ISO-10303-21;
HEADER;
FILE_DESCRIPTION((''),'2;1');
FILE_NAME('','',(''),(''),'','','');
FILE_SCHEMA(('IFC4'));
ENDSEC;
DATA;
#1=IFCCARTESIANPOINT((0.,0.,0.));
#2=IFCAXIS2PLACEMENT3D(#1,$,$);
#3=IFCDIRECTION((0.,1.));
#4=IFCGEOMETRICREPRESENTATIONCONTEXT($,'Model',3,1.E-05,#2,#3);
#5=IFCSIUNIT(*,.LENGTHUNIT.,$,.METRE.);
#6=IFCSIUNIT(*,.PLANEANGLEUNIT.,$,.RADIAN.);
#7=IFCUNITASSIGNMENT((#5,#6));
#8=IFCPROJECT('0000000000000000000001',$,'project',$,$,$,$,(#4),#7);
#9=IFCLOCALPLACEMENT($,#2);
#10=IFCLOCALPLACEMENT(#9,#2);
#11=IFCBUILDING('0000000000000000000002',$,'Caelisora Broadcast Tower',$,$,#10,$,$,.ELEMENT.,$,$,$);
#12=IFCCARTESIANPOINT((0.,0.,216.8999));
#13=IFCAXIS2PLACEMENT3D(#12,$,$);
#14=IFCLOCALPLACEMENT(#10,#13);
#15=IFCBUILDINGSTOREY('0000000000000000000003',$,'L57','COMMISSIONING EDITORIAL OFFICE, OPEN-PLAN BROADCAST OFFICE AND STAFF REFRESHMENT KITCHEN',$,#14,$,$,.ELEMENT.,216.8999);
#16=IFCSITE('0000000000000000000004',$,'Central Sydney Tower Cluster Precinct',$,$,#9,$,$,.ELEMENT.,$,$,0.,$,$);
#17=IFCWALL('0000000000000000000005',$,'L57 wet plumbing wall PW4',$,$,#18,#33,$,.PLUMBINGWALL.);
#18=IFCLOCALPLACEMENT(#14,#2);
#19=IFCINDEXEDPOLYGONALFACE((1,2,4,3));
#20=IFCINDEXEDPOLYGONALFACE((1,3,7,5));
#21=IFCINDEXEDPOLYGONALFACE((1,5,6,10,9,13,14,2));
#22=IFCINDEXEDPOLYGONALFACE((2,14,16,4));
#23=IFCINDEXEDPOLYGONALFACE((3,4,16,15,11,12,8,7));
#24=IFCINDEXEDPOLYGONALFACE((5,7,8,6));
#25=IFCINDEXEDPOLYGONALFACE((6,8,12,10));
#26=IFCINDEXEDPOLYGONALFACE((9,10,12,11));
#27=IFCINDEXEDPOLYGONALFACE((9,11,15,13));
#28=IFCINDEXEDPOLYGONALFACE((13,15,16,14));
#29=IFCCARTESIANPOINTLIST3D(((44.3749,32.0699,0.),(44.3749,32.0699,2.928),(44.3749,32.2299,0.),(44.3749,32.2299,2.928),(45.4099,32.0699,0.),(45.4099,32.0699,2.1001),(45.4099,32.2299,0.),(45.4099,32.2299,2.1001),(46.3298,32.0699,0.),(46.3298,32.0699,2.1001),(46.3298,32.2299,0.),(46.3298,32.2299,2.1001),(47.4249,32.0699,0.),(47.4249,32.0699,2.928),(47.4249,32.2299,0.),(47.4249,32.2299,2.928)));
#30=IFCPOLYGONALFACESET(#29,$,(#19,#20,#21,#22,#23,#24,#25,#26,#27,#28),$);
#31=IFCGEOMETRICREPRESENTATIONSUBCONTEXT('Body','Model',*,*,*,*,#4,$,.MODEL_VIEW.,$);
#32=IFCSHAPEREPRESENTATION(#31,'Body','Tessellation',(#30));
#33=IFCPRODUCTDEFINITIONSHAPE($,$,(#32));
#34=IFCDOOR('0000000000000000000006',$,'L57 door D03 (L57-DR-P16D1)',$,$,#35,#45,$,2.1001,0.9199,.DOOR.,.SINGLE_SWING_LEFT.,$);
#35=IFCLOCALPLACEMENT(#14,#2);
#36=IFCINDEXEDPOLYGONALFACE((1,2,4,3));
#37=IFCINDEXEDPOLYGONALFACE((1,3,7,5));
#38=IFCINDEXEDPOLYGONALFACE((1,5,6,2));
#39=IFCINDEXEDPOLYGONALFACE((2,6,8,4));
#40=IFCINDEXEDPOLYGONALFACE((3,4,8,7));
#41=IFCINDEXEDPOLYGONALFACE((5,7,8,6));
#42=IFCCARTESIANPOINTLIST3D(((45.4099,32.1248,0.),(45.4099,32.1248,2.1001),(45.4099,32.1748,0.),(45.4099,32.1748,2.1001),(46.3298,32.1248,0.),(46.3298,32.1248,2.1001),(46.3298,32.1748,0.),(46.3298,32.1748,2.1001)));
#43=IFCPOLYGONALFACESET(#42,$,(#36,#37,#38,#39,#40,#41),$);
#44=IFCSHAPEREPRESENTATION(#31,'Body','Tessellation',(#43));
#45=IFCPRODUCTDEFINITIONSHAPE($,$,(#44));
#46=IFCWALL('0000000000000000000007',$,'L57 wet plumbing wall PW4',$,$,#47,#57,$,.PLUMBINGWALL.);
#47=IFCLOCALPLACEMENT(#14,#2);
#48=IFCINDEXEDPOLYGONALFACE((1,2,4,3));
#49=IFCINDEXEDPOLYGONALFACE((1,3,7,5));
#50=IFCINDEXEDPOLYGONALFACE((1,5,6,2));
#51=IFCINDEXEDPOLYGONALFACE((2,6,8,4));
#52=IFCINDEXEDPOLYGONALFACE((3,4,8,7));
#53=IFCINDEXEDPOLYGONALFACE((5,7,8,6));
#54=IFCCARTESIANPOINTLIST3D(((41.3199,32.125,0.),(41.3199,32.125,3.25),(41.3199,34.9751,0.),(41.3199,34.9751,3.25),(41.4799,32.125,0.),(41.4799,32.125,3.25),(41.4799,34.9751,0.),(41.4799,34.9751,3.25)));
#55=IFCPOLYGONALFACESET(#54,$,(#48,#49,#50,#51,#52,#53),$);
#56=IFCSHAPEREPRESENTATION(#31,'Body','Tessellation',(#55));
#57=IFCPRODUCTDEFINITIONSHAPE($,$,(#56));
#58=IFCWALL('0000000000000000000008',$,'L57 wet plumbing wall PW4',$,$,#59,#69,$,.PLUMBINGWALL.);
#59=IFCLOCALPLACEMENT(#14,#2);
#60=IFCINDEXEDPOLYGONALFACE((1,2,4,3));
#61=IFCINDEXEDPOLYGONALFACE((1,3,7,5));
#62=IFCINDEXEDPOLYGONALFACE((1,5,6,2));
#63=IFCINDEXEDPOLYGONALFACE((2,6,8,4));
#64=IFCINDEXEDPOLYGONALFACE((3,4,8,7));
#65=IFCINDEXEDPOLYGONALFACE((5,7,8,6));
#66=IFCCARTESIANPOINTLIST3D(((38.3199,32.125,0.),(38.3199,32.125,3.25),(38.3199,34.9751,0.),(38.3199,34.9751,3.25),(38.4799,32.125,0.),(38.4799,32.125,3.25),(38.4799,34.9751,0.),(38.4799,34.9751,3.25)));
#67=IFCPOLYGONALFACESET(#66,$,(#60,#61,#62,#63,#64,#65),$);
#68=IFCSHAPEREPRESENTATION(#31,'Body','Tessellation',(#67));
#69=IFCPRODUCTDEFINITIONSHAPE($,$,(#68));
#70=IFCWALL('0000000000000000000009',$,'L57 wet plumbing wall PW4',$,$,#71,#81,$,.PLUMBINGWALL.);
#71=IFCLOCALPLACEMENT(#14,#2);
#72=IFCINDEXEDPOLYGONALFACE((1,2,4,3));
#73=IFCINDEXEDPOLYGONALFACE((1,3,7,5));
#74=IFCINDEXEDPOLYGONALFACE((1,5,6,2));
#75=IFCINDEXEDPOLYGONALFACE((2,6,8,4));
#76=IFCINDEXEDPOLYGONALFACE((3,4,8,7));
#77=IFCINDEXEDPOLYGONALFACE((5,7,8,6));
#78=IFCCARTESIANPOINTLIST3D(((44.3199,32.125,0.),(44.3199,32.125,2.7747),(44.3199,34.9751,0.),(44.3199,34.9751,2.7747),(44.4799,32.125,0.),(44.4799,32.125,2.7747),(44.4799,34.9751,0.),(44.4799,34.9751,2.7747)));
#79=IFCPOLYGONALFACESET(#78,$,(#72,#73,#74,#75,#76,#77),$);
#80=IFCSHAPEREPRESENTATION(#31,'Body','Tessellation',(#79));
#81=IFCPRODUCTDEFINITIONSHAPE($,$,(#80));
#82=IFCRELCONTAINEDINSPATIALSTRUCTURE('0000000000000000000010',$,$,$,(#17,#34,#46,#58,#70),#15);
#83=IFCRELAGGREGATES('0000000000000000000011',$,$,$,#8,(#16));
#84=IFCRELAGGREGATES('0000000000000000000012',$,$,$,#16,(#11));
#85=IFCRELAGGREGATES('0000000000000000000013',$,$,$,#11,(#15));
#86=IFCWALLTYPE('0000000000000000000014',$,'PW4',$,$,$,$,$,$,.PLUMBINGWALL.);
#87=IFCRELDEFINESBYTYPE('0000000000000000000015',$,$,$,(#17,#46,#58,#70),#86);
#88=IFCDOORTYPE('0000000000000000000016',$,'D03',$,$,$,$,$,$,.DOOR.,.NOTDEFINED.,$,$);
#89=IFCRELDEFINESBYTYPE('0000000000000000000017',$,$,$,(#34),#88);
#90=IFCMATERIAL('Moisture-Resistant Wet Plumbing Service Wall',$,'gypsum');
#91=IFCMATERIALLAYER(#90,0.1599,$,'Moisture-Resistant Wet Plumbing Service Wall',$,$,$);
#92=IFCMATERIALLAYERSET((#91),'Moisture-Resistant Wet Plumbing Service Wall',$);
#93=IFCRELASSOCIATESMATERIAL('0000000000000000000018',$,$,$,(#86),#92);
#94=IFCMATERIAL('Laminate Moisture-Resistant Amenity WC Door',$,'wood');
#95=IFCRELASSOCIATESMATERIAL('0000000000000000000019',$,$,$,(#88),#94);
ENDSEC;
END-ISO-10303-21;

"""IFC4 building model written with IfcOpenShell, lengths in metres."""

from ifc_helpers import new_model, si_unit, direction, frame, frame_2d, origin, place, context, subcontext, project, spatial, rectangle, extrude, material, layer, layer_set, type_object, element, fill, save


model = new_model("IFC4")

# Units and contexts
model_context = context("Model", 3, precision=1e-05, world=origin(), true_north=direction((0.0, 1.0)))
body_context = subcontext(model_context, "Body", "Model", "MODEL_VIEW")
ifc_project = project(units=[si_unit("LENGTHUNIT", "METRE"), si_unit("PLANEANGLEUNIT", "RADIAN")], contexts=[model_context])

# Site, building, storey
site_placement = place(None, origin())
site = spatial("IfcSite", under=ifc_project, at=site_placement, Name="Central Sydney Tower Cluster Precinct", CompositionType="ELEMENT", RefElevation=0.0)
building_placement = place(site_placement, origin())
building = spatial("IfcBuilding", under=site, at=building_placement, Name="Caelisora Broadcast Tower", CompositionType="ELEMENT")
storey_placement = place(building_placement, frame((0.0, 0.0, 216.8999)))
storey = spatial("IfcBuildingStorey", under=building, at=storey_placement, Name="L57", Description="COMMISSIONING EDITORIAL OFFICE, OPEN-PLAN BROADCAST OFFICE AND STAFF REFRESHMENT KITCHEN", CompositionType="ELEMENT", Elevation=216.8999)

# Wall, opening, door
ifc_material_1 = material(Name="Moisture-Resistant Wet Plumbing Service Wall", Category="gypsum")
ifc_layer_1 = layer(ifc_material_1, 0.1599, Name="Moisture-Resistant Wet Plumbing Service Wall")
ifc_layer_set_1 = layer_set([ifc_layer_1], Name="Moisture-Resistant Wet Plumbing Service Wall")
wall_type_1 = type_object("IfcWallType", Name="PW4", PredefinedType="PLUMBINGWALL", material=ifc_layer_set_1)
ifc_material_2 = material(Name="Laminate Moisture-Resistant Amenity WC Door", Category="wood")
door_type_1 = type_object("IfcDoorType", Name="D03", OperationType="NOTDEFINED", PredefinedType="DOOR", material=ifc_material_2)
wall_1_placement = place(storey_placement, frame((44.375, 32.1499, 0.0), z_axis=(0.0, 0.0, 1.0), x_axis=(1.0, 0.0, 0.0)))
wall_1 = element("IfcWall", 1, at=wall_1_placement, inside=storey, type_object=wall_type_1, Name="L57 wet plumbing wall PW4", PredefinedType="PLUMBINGWALL", context=body_context, shape_type="SweptSolid", body=[
    extrude(rectangle(XDim=3.05, YDim=0.1599, at=frame_2d((1.5249, 0.0))), origin(), (0.0, 0.0, 1.0), 2.928),
])
opening_1_placement = place(wall_1_placement, frame((1.0349, 0.0, 0.0)))
opening_1 = element("IfcOpeningElement", 2, at=opening_1_placement, cuts=wall_1, PredefinedType="OPENING", context=body_context, shape_type="SweptSolid", body=[
    extrude(rectangle(XDim=0.9199, YDim=2.1001, at=frame_2d((0.46, 1.05))), frame((0.0, 0.092, 0.0), z_axis=(0.0, -1.0, 0.0), x_axis=(1.0, 0.0, 0.0)), (0.0, 0.0, 1.0), 0.1838),
])
door_1_placement = place(opening_1_placement, origin())
door_1 = element("IfcDoor", 3, at=door_1_placement, inside=storey, type_object=door_type_1, Name="L57 door D03 (L57-DR-P16D1)", OperationType="SINGLE_SWING_LEFT", OverallHeight=2.1001, OverallWidth=0.9199, PredefinedType="DOOR", context=body_context, shape_type="SweptSolid", body=[
    extrude(rectangle(XDim=0.9199, YDim=2.1001, at=frame_2d((0.46, 1.05))), frame((0.0, 0.0249, 0.0), z_axis=(0.0, -1.0, 0.0), x_axis=(1.0, 0.0, 0.0)), (0.0, 0.0, 1.0), 0.05),
])
fill(opening_1, door_1)

# Walls
for number, where, z_axis, x_axis, name in (
    (4, (41.3999, 32.125, 0.0), (0.0, 0.0, 1.0), (0.0, 1.0, 0.0), "L57 wet plumbing wall PW4"),
    (5, (38.3999, 32.125, 0.0), (0.0, 0.0, 1.0), (0.0, 1.0, 0.0), "L57 wet plumbing wall PW4"),
):
    element("IfcWall", number, at=place(storey_placement, frame(where, z_axis=z_axis, x_axis=x_axis)), inside=storey, type_object=wall_type_1, Name=name, PredefinedType="PLUMBINGWALL", context=body_context, shape_type="SweptSolid", body=[
        extrude(rectangle(XDim=2.8501, YDim=0.1599, at=frame_2d((1.425, 0.0))), origin(), (0.0, 0.0, 1.0), 3.25),
    ])
wall_2_placement = place(storey_placement, frame((44.3999, 32.125, 0.0), z_axis=(0.0, 0.0, 1.0), x_axis=(0.0, 1.0, 0.0)))
element("IfcWall", 6, at=wall_2_placement, inside=storey, type_object=wall_type_1, Name="L57 wet plumbing wall PW4", PredefinedType="PLUMBINGWALL", context=body_context, shape_type="SweptSolid", body=[
    extrude(rectangle(XDim=2.8501, YDim=0.1599, at=frame_2d((1.425, 0.0))), origin(), (0.0, 0.0, 1.0), 2.7747),
])

save(model, "model.ifc")
